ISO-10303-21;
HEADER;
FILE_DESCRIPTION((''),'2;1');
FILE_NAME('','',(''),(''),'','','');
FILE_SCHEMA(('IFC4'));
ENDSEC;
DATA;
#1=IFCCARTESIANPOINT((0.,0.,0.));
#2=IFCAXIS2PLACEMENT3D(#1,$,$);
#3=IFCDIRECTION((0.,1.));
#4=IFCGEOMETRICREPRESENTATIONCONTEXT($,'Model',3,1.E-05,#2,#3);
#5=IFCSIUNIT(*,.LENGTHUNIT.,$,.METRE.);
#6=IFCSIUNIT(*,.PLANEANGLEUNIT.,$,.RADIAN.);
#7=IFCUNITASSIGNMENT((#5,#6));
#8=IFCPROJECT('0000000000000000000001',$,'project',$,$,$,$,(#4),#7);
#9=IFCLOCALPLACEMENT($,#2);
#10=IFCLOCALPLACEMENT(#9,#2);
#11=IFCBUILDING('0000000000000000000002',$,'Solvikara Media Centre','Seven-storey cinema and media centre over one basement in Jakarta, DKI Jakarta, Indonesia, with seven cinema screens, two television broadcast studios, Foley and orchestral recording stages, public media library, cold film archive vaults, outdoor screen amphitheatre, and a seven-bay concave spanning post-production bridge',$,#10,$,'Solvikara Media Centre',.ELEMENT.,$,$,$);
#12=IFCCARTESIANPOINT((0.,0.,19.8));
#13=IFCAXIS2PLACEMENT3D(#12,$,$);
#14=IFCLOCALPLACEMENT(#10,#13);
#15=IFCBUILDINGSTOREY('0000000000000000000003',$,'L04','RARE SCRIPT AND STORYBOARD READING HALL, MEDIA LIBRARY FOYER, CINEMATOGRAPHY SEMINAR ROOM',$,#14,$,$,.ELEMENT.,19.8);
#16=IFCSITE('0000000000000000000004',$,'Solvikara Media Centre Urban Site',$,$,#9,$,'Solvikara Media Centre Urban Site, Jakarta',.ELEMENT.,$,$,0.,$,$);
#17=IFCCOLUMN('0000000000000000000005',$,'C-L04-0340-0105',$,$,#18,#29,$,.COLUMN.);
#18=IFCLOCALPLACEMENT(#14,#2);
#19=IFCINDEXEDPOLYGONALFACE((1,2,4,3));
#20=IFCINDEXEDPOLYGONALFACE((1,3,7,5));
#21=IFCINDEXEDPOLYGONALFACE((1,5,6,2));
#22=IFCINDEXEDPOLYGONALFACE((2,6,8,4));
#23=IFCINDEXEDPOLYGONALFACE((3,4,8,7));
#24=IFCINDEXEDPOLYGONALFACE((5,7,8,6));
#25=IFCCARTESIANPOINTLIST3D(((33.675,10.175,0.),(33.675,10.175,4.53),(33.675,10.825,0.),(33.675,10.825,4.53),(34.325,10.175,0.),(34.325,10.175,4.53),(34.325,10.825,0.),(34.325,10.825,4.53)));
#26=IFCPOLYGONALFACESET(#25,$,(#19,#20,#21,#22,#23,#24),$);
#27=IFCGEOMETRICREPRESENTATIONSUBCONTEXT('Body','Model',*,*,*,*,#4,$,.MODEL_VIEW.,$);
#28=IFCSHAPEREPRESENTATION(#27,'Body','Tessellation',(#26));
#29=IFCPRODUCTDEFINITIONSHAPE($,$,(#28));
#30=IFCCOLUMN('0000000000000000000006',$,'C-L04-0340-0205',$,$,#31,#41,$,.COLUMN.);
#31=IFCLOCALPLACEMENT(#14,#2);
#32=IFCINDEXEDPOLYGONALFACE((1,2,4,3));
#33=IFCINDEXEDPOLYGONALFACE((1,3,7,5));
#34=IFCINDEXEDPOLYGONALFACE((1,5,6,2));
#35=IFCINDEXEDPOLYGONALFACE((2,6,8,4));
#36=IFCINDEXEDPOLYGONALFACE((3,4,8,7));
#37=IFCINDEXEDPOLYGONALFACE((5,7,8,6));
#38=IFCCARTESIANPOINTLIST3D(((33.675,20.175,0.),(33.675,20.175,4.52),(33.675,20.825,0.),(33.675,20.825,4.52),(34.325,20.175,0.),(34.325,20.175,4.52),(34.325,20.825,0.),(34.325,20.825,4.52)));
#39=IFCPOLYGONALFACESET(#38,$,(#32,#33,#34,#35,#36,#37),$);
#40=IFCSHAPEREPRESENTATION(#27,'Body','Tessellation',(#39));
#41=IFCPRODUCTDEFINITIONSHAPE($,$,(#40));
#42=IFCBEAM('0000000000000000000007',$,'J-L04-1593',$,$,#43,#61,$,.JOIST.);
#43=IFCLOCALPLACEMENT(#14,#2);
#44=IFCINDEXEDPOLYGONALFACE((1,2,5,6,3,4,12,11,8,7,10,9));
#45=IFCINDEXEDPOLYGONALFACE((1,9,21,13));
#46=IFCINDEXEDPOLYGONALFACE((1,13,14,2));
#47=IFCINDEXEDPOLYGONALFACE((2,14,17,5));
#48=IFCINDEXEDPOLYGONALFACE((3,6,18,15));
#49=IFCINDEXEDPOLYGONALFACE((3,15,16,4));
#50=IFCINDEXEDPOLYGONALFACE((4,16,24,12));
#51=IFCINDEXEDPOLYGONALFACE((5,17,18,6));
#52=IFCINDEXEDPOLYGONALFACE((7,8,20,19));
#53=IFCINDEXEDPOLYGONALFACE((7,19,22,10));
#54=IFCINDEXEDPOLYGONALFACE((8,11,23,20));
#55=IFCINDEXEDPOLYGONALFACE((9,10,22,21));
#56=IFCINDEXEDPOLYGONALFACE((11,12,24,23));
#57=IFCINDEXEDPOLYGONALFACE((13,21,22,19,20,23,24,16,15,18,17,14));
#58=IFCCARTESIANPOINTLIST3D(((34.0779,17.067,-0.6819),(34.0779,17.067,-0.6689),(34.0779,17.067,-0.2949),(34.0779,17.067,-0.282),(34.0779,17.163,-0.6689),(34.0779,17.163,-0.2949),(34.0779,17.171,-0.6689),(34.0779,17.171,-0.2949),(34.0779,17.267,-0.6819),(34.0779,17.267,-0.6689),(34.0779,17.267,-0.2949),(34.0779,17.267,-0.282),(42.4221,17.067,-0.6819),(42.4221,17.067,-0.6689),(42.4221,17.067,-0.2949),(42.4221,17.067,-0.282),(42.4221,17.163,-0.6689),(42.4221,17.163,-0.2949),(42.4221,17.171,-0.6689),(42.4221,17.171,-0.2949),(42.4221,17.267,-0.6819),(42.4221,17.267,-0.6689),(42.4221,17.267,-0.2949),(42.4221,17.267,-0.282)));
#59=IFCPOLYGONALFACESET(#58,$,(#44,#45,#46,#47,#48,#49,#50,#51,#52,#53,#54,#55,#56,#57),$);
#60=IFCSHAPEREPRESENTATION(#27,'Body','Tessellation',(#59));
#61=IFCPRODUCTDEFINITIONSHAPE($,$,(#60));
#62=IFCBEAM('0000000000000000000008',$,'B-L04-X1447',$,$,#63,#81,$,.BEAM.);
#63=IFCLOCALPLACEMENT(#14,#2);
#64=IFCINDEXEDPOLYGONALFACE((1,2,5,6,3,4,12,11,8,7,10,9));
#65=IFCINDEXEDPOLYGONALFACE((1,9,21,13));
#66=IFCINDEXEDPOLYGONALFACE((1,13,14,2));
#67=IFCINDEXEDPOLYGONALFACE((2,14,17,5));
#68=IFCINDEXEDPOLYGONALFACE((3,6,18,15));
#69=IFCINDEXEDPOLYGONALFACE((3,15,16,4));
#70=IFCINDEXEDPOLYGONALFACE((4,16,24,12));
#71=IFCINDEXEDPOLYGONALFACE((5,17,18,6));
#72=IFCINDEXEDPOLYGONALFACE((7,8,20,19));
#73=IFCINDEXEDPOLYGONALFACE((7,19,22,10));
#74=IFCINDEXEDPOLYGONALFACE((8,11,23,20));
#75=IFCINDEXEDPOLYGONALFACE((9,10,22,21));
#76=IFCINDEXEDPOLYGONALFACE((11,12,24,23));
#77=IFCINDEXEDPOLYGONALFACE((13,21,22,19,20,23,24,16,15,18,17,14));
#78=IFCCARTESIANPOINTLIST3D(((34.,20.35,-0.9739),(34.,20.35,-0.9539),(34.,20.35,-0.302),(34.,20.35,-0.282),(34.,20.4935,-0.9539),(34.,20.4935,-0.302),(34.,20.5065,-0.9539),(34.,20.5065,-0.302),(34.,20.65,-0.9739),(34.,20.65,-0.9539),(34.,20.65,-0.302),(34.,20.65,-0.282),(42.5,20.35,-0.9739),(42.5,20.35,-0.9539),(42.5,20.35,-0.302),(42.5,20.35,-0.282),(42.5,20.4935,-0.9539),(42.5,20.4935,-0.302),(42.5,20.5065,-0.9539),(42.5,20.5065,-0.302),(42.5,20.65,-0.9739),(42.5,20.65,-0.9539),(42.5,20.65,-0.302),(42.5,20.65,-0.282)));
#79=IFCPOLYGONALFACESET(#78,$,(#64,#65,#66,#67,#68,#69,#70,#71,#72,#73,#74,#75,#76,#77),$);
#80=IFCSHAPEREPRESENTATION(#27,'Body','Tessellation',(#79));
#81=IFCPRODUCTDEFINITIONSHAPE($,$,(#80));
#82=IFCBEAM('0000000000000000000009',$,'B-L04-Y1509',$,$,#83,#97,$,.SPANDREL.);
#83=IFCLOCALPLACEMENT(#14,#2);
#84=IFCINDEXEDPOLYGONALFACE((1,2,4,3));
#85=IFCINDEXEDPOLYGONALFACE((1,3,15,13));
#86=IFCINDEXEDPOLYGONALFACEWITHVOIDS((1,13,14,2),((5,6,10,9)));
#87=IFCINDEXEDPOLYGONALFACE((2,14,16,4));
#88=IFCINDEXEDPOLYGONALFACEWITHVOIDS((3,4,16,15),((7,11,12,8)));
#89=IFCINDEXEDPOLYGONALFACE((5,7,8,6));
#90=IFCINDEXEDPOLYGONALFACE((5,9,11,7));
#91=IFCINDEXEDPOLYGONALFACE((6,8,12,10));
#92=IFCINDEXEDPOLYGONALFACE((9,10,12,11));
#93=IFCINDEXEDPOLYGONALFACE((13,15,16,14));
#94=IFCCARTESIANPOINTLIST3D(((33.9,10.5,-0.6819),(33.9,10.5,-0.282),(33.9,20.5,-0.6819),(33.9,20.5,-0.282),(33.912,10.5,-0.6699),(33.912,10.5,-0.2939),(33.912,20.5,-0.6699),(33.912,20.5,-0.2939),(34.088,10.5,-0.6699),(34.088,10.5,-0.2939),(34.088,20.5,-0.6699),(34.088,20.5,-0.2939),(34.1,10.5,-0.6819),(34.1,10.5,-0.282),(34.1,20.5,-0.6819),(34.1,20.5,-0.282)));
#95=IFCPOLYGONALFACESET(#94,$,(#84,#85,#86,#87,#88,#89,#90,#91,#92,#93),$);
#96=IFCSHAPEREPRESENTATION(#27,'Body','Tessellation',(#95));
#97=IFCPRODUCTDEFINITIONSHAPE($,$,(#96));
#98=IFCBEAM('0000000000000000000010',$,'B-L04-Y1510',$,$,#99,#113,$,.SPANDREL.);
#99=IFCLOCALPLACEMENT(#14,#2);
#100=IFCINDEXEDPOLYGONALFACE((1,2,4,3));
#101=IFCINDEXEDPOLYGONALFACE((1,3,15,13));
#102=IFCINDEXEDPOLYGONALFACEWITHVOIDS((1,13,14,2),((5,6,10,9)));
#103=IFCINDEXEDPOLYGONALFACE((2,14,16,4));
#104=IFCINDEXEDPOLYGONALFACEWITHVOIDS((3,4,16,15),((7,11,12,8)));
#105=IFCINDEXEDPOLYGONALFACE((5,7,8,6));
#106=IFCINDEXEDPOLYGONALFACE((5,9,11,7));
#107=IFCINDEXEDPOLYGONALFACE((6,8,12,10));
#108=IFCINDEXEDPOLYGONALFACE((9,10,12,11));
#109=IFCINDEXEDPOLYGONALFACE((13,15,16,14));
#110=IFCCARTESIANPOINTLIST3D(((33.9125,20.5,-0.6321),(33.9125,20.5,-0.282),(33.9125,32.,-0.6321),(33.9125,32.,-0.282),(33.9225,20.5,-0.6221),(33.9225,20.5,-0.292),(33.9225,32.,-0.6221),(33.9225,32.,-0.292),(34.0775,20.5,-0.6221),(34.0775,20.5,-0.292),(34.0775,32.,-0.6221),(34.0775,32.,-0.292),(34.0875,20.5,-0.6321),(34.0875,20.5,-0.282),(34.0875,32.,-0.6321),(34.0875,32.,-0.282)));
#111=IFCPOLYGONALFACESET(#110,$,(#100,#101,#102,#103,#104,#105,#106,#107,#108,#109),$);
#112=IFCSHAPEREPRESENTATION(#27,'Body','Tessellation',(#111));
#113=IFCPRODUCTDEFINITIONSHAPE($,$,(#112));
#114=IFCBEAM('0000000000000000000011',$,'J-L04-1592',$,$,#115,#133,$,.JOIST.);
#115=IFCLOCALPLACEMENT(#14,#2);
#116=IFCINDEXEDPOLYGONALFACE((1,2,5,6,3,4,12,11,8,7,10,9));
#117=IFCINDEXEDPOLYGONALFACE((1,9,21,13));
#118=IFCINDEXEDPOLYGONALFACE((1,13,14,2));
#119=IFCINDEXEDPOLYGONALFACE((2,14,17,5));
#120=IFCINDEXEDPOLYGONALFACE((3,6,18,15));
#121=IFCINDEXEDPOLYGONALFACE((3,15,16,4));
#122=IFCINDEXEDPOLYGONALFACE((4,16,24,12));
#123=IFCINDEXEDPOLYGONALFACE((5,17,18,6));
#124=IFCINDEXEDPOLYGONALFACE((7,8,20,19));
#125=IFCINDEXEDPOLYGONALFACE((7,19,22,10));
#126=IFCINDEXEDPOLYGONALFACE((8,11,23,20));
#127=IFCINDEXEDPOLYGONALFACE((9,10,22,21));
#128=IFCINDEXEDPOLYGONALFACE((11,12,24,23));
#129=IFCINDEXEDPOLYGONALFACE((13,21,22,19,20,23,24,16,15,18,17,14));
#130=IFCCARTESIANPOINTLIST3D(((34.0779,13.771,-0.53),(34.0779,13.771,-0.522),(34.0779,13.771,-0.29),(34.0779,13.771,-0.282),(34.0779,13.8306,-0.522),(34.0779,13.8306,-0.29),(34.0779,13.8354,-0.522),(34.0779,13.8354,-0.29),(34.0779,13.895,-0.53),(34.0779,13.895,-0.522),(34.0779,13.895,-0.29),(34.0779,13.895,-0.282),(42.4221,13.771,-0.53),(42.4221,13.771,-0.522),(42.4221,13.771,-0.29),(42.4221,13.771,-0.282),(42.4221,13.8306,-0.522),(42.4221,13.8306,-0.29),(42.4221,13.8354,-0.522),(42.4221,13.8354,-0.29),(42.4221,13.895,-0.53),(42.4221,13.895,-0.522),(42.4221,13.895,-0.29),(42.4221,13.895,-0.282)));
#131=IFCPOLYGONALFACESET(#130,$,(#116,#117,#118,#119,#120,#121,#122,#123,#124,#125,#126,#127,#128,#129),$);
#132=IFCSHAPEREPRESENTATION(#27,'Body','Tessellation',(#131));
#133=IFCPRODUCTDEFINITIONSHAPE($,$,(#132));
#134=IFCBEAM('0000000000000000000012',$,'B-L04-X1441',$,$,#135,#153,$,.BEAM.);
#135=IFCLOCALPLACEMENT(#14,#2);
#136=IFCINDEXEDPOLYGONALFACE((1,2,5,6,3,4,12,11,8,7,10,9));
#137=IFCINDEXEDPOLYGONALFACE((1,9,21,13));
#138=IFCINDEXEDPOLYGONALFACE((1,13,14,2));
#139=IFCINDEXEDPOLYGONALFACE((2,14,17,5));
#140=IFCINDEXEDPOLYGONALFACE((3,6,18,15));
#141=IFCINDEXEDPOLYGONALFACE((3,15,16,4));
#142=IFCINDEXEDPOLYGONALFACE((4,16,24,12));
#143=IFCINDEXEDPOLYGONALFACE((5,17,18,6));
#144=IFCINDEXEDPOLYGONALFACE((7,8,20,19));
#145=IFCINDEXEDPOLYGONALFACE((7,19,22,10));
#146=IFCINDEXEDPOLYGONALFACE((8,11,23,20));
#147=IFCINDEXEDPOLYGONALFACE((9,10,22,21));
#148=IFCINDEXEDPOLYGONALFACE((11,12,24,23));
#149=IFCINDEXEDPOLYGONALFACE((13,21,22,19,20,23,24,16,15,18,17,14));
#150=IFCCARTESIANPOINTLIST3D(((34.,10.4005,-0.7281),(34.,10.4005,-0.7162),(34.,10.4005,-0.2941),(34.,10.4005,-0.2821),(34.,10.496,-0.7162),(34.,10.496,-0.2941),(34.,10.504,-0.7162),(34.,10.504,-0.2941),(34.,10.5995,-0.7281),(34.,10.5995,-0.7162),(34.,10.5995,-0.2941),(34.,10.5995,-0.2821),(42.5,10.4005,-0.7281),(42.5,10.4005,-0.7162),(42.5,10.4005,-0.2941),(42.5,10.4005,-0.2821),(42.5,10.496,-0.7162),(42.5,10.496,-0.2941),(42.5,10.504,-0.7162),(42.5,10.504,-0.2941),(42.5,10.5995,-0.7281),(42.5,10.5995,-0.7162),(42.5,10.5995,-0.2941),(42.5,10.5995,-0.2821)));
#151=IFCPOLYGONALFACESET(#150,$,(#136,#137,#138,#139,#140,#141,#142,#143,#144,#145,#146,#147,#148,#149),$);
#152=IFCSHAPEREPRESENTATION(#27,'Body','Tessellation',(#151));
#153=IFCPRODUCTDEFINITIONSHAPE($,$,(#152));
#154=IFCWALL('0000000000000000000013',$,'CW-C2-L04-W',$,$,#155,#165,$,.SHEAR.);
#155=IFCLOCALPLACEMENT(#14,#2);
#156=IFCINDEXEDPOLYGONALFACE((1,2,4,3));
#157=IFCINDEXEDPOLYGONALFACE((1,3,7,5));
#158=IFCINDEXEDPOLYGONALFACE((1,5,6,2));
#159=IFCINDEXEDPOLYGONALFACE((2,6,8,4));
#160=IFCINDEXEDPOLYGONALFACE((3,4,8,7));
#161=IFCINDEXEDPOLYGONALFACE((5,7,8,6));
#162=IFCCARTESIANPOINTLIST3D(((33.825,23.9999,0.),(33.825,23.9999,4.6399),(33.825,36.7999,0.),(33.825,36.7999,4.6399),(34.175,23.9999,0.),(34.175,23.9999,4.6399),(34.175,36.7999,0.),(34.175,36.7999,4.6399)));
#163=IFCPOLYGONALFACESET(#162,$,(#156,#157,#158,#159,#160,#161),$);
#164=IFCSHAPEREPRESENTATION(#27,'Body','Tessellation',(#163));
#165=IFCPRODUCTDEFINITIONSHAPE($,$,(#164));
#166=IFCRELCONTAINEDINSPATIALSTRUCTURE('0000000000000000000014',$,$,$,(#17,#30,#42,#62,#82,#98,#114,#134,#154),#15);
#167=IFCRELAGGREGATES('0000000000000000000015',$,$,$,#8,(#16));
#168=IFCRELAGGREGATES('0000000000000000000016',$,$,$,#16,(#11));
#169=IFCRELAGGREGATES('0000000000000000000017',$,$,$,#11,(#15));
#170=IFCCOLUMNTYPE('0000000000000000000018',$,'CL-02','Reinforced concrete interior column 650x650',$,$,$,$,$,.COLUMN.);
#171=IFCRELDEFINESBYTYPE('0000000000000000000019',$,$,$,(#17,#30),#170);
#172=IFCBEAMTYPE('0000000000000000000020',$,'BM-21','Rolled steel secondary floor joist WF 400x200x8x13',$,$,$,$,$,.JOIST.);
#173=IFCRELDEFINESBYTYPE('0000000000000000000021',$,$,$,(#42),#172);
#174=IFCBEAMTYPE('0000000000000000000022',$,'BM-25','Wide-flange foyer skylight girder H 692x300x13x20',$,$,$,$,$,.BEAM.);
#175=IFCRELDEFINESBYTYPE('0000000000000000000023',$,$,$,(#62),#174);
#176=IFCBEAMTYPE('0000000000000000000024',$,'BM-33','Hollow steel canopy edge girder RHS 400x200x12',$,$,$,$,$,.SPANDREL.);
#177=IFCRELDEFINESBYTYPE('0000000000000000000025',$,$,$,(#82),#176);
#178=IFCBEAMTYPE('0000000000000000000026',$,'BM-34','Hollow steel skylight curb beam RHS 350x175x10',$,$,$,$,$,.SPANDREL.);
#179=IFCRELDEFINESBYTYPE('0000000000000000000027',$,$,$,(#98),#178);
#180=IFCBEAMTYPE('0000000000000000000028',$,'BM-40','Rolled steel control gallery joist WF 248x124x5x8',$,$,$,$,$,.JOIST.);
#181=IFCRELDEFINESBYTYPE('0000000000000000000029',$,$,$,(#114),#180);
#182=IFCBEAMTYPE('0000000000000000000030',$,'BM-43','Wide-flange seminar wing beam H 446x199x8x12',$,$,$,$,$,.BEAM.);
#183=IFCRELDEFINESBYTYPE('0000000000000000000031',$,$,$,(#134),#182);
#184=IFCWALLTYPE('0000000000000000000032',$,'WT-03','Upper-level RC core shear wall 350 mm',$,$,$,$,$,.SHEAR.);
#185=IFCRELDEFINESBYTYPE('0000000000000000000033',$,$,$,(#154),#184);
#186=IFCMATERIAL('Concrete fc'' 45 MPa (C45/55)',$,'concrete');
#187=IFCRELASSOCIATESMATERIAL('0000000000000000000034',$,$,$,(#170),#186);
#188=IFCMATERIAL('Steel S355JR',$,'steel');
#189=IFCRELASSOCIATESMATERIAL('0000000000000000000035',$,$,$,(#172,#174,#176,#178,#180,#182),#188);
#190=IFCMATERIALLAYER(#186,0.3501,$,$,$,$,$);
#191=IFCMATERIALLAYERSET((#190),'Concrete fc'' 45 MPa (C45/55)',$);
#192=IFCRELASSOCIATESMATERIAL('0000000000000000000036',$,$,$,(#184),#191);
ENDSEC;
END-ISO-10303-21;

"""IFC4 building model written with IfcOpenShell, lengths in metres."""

from ifc_helpers import new_model, si_unit, direction, frame, frame_2d, origin, origin_2d, place, context, subcontext, project, spatial, rectangle, hollow_rectangle, i_section, extrude, material, layer, layer_set, material_profile, profile_set, type_object, element, save


model = new_model("IFC4")

# Units and contexts
model_context = context("Model", 3, precision=1e-05, world=origin(), true_north=direction((0.0, 1.0)))
body_context = subcontext(model_context, "Body", "Model", "MODEL_VIEW")
ifc_project = project(units=[si_unit("LENGTHUNIT", "METRE"), si_unit("PLANEANGLEUNIT", "RADIAN")], contexts=[model_context])

# Site, building, storey
site_placement = place(None, origin())
site = spatial("IfcSite", under=ifc_project, at=site_placement, Name="Solvikara Media Centre Urban Site", LongName="Solvikara Media Centre Urban Site, Jakarta", CompositionType="ELEMENT", RefElevation=0.0)
building_placement = place(site_placement, origin())
building = spatial("IfcBuilding", under=site, at=building_placement, Name="Solvikara Media Centre", Description="Seven-storey cinema and media centre over one basement in Jakarta, DKI Jakarta, Indonesia, with seven cinema screens, two television broadcast studios, Foley and orchestral recording stages, public media library, cold film archive vaults, outdoor screen amphitheatre, and a seven-bay concave spanning post-production bridge", LongName="Solvikara Media Centre", CompositionType="ELEMENT")
storey_placement = place(building_placement, frame((0.0, 0.0, 19.8)))
storey = spatial("IfcBuildingStorey", under=building, at=storey_placement, Name="L04", Description="RARE SCRIPT AND STORYBOARD READING HALL, MEDIA LIBRARY FOYER, CINEMATOGRAPHY SEMINAR ROOM", CompositionType="ELEMENT", Elevation=19.8)

# Columns
ifc_material_1 = material(Name="Concrete fc' 45 MPa (C45/55)", Category="concrete")
ifc_material_profile_1 = material_profile(ifc_material_1, rectangle(XDim=0.6499, YDim=0.6499, at=origin_2d()), Name="RC 650x650")
ifc_profile_set_1 = profile_set([ifc_material_profile_1], Name="Concrete fc' 45 MPa (C45/55)")
column_type = type_object("IfcColumnType", Name="CL-02", Description="Reinforced concrete interior column 650x650", PredefinedType="COLUMN", material=ifc_profile_set_1)
column_1_placement = place(storey_placement, frame((34.0, 10.5, 0.0), z_axis=(0.0, 0.0, 1.0), x_axis=(1.0, 0.0, 0.0)))
element("IfcColumn", 1, at=column_1_placement, inside=storey, type_object=column_type, Name="C-L04-0340-0105", PredefinedType="COLUMN", context=body_context, shape_type="SweptSolid", body=[
    extrude(rectangle(XDim=0.6499, YDim=0.6499, at=origin_2d()), origin(), (0.0, 0.0, 1.0), 4.53),
])
column_2_placement = place(storey_placement, frame((34.0, 20.5, 0.0), z_axis=(0.0, 0.0, 1.0), x_axis=(1.0, 0.0, 0.0)))
element("IfcColumn", 2, at=column_2_placement, inside=storey, type_object=column_type, Name="C-L04-0340-0205", PredefinedType="COLUMN", context=body_context, shape_type="SweptSolid", body=[
    extrude(rectangle(XDim=0.6499, YDim=0.6499, at=origin_2d()), origin(), (0.0, 0.0, 1.0), 4.52),
])

# Beams
ifc_material_2 = material(Name="Steel S355JR", Category="steel")
ifc_material_profile_2 = material_profile(ifc_material_2, i_section(OverallWidth=0.2, OverallDepth=0.3999, WebThickness=0.0081, FlangeThickness=0.0129, at=origin_2d()), Name="WF 400x200x8x13")
ifc_profile_set_2 = profile_set([ifc_material_profile_2], Name="Steel S355JR")
beam_type_1 = type_object("IfcBeamType", Name="BM-21", Description="Rolled steel secondary floor joist WF 400x200x8x13", PredefinedType="JOIST", material=ifc_profile_set_2)
beam_1_placement = place(storey_placement, frame((34.0779, 17.167, -0.4819), z_axis=(1.0, 0.0, 0.0), x_axis=(0.0, 1.0, 0.0)))
element("IfcBeam", 3, at=beam_1_placement, inside=storey, type_object=beam_type_1, Name="J-L04-1593", PredefinedType="JOIST", context=body_context, shape_type="SweptSolid", body=[
    extrude(i_section(OverallWidth=0.2, OverallDepth=0.3999, WebThickness=0.0081, FlangeThickness=0.0129, at=origin_2d()), origin(), (0.0, 0.0, 1.0), 8.3442),
])
ifc_material_profile_3 = material_profile(ifc_material_2, i_section(OverallWidth=0.3, OverallDepth=0.6919, WebThickness=0.0129, FlangeThickness=0.02, at=origin_2d()), Name="H 692x300x13x20")
ifc_profile_set_3 = profile_set([ifc_material_profile_3], Name="Steel S355JR")
beam_type_2 = type_object("IfcBeamType", Name="BM-25", Description="Wide-flange foyer skylight girder H 692x300x13x20", PredefinedType="BEAM", material=ifc_profile_set_3)
beam_2_placement = place(storey_placement, frame((34.0, 20.5, -0.6279), z_axis=(1.0, 0.0, 0.0), x_axis=(0.0, 1.0, 0.0)))
element("IfcBeam", 4, at=beam_2_placement, inside=storey, type_object=beam_type_2, Name="B-L04-X1447", PredefinedType="BEAM", context=body_context, shape_type="SweptSolid", body=[
    extrude(i_section(OverallWidth=0.3, OverallDepth=0.6919, WebThickness=0.0129, FlangeThickness=0.02, at=origin_2d()), origin(), (0.0, 0.0, 1.0), 8.5),
])
ifc_material_profile_4 = material_profile(ifc_material_2, hollow_rectangle(XDim=0.2, YDim=0.3999, WallThickness=0.012, at=origin_2d()), Name="RHS 400x200x12")
ifc_profile_set_4 = profile_set([ifc_material_profile_4], Name="Steel S355JR")
beam_type_3 = type_object("IfcBeamType", Name="BM-33", Description="Hollow steel canopy edge girder RHS 400x200x12", PredefinedType="SPANDREL", material=ifc_profile_set_4)
beam_3_placement = place(storey_placement, frame((34.0, 10.5, -0.4819), z_axis=(0.0, 1.0, 0.0), x_axis=(-1.0, 0.0, 0.0)))
element("IfcBeam", 5, at=beam_3_placement, inside=storey, type_object=beam_type_3, Name="B-L04-Y1509", PredefinedType="SPANDREL", context=body_context, shape_type="SweptSolid", body=[
    extrude(hollow_rectangle(XDim=0.2, YDim=0.3999, WallThickness=0.012, at=origin_2d()), origin(), (0.0, 0.0, 1.0), 10.0),
])
ifc_material_profile_5 = material_profile(ifc_material_2, hollow_rectangle(XDim=0.175, YDim=0.3501, WallThickness=0.01, at=origin_2d()), Name="RHS 350x175x10")
ifc_profile_set_5 = profile_set([ifc_material_profile_5], Name="Steel S355JR")
beam_type_4 = type_object("IfcBeamType", Name="BM-34", Description="Hollow steel skylight curb beam RHS 350x175x10", PredefinedType="SPANDREL", material=ifc_profile_set_5)
beam_4_placement = place(storey_placement, frame((34.0, 20.5, -0.457), z_axis=(0.0, 1.0, 0.0), x_axis=(-1.0, 0.0, 0.0)))
element("IfcBeam", 6, at=beam_4_placement, inside=storey, type_object=beam_type_4, Name="B-L04-Y1510", PredefinedType="SPANDREL", context=body_context, shape_type="SweptSolid", body=[
    extrude(hollow_rectangle(XDim=0.175, YDim=0.3501, WallThickness=0.01, at=origin_2d()), origin(), (0.0, 0.0, 1.0), 11.5),
])
ifc_material_profile_6 = material_profile(ifc_material_2, i_section(OverallWidth=0.124, OverallDepth=0.248, WebThickness=0.0049, FlangeThickness=0.0081, at=origin_2d()), Name="WF 248x124x5x8")
ifc_profile_set_6 = profile_set([ifc_material_profile_6], Name="Steel S355JR")
beam_type_5 = type_object("IfcBeamType", Name="BM-40", Description="Rolled steel control gallery joist WF 248x124x5x8", PredefinedType="JOIST", material=ifc_profile_set_6)
beam_5_placement = place(storey_placement, frame((34.0779, 13.833, -0.406), z_axis=(1.0, 0.0, 0.0), x_axis=(0.0, 1.0, 0.0)))
element("IfcBeam", 7, at=beam_5_placement, inside=storey, type_object=beam_type_5, Name="J-L04-1592", PredefinedType="JOIST", context=body_context, shape_type="SweptSolid", body=[
    extrude(i_section(OverallWidth=0.124, OverallDepth=0.248, WebThickness=0.0049, FlangeThickness=0.0081, at=origin_2d()), origin(), (0.0, 0.0, 1.0), 8.3442),
])
ifc_material_profile_7 = material_profile(ifc_material_2, i_section(OverallWidth=0.199, OverallDepth=0.446, WebThickness=0.0081, FlangeThickness=0.012, at=origin_2d()), Name="H 446x199x8x12")
ifc_profile_set_7 = profile_set([ifc_material_profile_7], Name="Steel S355JR")
beam_type_6 = type_object("IfcBeamType", Name="BM-43", Description="Wide-flange seminar wing beam H 446x199x8x12", PredefinedType="BEAM", material=ifc_profile_set_7)
beam_6_placement = place(storey_placement, frame((34.0, 10.5, -0.5051), z_axis=(1.0, 0.0, 0.0), x_axis=(0.0, 1.0, 0.0)))
element("IfcBeam", 8, at=beam_6_placement, inside=storey, type_object=beam_type_6, Name="B-L04-X1441", PredefinedType="BEAM", context=body_context, shape_type="SweptSolid", body=[
    extrude(i_section(OverallWidth=0.199, OverallDepth=0.446, WebThickness=0.0081, FlangeThickness=0.012, at=origin_2d()), origin(), (0.0, 0.0, 1.0), 8.5),
])

# Wall
ifc_layer_1 = layer(ifc_material_1, 0.3501)
ifc_layer_set_1 = layer_set([ifc_layer_1], Name="Concrete fc' 45 MPa (C45/55)")
wall_type = type_object("IfcWallType", Name="WT-03", Description="Upper-level RC core shear wall 350 mm", PredefinedType="SHEAR", material=ifc_layer_set_1)
wall_1_placement = place(storey_placement, frame((34.0, 24.0, 0.0), z_axis=(0.0, 0.0, 1.0), x_axis=(0.0, 1.0, 0.0)))
element("IfcWall", 9, at=wall_1_placement, inside=storey, type_object=wall_type, Name="CW-C2-L04-W", PredefinedType="SHEAR", context=body_context, shape_type="SweptSolid", body=[
    extrude(rectangle(XDim=12.8, YDim=0.3501, at=frame_2d((6.3999, 0.0))), origin(), (0.0, 0.0, 1.0), 4.6399),
])

save(model, "model.ifc")
